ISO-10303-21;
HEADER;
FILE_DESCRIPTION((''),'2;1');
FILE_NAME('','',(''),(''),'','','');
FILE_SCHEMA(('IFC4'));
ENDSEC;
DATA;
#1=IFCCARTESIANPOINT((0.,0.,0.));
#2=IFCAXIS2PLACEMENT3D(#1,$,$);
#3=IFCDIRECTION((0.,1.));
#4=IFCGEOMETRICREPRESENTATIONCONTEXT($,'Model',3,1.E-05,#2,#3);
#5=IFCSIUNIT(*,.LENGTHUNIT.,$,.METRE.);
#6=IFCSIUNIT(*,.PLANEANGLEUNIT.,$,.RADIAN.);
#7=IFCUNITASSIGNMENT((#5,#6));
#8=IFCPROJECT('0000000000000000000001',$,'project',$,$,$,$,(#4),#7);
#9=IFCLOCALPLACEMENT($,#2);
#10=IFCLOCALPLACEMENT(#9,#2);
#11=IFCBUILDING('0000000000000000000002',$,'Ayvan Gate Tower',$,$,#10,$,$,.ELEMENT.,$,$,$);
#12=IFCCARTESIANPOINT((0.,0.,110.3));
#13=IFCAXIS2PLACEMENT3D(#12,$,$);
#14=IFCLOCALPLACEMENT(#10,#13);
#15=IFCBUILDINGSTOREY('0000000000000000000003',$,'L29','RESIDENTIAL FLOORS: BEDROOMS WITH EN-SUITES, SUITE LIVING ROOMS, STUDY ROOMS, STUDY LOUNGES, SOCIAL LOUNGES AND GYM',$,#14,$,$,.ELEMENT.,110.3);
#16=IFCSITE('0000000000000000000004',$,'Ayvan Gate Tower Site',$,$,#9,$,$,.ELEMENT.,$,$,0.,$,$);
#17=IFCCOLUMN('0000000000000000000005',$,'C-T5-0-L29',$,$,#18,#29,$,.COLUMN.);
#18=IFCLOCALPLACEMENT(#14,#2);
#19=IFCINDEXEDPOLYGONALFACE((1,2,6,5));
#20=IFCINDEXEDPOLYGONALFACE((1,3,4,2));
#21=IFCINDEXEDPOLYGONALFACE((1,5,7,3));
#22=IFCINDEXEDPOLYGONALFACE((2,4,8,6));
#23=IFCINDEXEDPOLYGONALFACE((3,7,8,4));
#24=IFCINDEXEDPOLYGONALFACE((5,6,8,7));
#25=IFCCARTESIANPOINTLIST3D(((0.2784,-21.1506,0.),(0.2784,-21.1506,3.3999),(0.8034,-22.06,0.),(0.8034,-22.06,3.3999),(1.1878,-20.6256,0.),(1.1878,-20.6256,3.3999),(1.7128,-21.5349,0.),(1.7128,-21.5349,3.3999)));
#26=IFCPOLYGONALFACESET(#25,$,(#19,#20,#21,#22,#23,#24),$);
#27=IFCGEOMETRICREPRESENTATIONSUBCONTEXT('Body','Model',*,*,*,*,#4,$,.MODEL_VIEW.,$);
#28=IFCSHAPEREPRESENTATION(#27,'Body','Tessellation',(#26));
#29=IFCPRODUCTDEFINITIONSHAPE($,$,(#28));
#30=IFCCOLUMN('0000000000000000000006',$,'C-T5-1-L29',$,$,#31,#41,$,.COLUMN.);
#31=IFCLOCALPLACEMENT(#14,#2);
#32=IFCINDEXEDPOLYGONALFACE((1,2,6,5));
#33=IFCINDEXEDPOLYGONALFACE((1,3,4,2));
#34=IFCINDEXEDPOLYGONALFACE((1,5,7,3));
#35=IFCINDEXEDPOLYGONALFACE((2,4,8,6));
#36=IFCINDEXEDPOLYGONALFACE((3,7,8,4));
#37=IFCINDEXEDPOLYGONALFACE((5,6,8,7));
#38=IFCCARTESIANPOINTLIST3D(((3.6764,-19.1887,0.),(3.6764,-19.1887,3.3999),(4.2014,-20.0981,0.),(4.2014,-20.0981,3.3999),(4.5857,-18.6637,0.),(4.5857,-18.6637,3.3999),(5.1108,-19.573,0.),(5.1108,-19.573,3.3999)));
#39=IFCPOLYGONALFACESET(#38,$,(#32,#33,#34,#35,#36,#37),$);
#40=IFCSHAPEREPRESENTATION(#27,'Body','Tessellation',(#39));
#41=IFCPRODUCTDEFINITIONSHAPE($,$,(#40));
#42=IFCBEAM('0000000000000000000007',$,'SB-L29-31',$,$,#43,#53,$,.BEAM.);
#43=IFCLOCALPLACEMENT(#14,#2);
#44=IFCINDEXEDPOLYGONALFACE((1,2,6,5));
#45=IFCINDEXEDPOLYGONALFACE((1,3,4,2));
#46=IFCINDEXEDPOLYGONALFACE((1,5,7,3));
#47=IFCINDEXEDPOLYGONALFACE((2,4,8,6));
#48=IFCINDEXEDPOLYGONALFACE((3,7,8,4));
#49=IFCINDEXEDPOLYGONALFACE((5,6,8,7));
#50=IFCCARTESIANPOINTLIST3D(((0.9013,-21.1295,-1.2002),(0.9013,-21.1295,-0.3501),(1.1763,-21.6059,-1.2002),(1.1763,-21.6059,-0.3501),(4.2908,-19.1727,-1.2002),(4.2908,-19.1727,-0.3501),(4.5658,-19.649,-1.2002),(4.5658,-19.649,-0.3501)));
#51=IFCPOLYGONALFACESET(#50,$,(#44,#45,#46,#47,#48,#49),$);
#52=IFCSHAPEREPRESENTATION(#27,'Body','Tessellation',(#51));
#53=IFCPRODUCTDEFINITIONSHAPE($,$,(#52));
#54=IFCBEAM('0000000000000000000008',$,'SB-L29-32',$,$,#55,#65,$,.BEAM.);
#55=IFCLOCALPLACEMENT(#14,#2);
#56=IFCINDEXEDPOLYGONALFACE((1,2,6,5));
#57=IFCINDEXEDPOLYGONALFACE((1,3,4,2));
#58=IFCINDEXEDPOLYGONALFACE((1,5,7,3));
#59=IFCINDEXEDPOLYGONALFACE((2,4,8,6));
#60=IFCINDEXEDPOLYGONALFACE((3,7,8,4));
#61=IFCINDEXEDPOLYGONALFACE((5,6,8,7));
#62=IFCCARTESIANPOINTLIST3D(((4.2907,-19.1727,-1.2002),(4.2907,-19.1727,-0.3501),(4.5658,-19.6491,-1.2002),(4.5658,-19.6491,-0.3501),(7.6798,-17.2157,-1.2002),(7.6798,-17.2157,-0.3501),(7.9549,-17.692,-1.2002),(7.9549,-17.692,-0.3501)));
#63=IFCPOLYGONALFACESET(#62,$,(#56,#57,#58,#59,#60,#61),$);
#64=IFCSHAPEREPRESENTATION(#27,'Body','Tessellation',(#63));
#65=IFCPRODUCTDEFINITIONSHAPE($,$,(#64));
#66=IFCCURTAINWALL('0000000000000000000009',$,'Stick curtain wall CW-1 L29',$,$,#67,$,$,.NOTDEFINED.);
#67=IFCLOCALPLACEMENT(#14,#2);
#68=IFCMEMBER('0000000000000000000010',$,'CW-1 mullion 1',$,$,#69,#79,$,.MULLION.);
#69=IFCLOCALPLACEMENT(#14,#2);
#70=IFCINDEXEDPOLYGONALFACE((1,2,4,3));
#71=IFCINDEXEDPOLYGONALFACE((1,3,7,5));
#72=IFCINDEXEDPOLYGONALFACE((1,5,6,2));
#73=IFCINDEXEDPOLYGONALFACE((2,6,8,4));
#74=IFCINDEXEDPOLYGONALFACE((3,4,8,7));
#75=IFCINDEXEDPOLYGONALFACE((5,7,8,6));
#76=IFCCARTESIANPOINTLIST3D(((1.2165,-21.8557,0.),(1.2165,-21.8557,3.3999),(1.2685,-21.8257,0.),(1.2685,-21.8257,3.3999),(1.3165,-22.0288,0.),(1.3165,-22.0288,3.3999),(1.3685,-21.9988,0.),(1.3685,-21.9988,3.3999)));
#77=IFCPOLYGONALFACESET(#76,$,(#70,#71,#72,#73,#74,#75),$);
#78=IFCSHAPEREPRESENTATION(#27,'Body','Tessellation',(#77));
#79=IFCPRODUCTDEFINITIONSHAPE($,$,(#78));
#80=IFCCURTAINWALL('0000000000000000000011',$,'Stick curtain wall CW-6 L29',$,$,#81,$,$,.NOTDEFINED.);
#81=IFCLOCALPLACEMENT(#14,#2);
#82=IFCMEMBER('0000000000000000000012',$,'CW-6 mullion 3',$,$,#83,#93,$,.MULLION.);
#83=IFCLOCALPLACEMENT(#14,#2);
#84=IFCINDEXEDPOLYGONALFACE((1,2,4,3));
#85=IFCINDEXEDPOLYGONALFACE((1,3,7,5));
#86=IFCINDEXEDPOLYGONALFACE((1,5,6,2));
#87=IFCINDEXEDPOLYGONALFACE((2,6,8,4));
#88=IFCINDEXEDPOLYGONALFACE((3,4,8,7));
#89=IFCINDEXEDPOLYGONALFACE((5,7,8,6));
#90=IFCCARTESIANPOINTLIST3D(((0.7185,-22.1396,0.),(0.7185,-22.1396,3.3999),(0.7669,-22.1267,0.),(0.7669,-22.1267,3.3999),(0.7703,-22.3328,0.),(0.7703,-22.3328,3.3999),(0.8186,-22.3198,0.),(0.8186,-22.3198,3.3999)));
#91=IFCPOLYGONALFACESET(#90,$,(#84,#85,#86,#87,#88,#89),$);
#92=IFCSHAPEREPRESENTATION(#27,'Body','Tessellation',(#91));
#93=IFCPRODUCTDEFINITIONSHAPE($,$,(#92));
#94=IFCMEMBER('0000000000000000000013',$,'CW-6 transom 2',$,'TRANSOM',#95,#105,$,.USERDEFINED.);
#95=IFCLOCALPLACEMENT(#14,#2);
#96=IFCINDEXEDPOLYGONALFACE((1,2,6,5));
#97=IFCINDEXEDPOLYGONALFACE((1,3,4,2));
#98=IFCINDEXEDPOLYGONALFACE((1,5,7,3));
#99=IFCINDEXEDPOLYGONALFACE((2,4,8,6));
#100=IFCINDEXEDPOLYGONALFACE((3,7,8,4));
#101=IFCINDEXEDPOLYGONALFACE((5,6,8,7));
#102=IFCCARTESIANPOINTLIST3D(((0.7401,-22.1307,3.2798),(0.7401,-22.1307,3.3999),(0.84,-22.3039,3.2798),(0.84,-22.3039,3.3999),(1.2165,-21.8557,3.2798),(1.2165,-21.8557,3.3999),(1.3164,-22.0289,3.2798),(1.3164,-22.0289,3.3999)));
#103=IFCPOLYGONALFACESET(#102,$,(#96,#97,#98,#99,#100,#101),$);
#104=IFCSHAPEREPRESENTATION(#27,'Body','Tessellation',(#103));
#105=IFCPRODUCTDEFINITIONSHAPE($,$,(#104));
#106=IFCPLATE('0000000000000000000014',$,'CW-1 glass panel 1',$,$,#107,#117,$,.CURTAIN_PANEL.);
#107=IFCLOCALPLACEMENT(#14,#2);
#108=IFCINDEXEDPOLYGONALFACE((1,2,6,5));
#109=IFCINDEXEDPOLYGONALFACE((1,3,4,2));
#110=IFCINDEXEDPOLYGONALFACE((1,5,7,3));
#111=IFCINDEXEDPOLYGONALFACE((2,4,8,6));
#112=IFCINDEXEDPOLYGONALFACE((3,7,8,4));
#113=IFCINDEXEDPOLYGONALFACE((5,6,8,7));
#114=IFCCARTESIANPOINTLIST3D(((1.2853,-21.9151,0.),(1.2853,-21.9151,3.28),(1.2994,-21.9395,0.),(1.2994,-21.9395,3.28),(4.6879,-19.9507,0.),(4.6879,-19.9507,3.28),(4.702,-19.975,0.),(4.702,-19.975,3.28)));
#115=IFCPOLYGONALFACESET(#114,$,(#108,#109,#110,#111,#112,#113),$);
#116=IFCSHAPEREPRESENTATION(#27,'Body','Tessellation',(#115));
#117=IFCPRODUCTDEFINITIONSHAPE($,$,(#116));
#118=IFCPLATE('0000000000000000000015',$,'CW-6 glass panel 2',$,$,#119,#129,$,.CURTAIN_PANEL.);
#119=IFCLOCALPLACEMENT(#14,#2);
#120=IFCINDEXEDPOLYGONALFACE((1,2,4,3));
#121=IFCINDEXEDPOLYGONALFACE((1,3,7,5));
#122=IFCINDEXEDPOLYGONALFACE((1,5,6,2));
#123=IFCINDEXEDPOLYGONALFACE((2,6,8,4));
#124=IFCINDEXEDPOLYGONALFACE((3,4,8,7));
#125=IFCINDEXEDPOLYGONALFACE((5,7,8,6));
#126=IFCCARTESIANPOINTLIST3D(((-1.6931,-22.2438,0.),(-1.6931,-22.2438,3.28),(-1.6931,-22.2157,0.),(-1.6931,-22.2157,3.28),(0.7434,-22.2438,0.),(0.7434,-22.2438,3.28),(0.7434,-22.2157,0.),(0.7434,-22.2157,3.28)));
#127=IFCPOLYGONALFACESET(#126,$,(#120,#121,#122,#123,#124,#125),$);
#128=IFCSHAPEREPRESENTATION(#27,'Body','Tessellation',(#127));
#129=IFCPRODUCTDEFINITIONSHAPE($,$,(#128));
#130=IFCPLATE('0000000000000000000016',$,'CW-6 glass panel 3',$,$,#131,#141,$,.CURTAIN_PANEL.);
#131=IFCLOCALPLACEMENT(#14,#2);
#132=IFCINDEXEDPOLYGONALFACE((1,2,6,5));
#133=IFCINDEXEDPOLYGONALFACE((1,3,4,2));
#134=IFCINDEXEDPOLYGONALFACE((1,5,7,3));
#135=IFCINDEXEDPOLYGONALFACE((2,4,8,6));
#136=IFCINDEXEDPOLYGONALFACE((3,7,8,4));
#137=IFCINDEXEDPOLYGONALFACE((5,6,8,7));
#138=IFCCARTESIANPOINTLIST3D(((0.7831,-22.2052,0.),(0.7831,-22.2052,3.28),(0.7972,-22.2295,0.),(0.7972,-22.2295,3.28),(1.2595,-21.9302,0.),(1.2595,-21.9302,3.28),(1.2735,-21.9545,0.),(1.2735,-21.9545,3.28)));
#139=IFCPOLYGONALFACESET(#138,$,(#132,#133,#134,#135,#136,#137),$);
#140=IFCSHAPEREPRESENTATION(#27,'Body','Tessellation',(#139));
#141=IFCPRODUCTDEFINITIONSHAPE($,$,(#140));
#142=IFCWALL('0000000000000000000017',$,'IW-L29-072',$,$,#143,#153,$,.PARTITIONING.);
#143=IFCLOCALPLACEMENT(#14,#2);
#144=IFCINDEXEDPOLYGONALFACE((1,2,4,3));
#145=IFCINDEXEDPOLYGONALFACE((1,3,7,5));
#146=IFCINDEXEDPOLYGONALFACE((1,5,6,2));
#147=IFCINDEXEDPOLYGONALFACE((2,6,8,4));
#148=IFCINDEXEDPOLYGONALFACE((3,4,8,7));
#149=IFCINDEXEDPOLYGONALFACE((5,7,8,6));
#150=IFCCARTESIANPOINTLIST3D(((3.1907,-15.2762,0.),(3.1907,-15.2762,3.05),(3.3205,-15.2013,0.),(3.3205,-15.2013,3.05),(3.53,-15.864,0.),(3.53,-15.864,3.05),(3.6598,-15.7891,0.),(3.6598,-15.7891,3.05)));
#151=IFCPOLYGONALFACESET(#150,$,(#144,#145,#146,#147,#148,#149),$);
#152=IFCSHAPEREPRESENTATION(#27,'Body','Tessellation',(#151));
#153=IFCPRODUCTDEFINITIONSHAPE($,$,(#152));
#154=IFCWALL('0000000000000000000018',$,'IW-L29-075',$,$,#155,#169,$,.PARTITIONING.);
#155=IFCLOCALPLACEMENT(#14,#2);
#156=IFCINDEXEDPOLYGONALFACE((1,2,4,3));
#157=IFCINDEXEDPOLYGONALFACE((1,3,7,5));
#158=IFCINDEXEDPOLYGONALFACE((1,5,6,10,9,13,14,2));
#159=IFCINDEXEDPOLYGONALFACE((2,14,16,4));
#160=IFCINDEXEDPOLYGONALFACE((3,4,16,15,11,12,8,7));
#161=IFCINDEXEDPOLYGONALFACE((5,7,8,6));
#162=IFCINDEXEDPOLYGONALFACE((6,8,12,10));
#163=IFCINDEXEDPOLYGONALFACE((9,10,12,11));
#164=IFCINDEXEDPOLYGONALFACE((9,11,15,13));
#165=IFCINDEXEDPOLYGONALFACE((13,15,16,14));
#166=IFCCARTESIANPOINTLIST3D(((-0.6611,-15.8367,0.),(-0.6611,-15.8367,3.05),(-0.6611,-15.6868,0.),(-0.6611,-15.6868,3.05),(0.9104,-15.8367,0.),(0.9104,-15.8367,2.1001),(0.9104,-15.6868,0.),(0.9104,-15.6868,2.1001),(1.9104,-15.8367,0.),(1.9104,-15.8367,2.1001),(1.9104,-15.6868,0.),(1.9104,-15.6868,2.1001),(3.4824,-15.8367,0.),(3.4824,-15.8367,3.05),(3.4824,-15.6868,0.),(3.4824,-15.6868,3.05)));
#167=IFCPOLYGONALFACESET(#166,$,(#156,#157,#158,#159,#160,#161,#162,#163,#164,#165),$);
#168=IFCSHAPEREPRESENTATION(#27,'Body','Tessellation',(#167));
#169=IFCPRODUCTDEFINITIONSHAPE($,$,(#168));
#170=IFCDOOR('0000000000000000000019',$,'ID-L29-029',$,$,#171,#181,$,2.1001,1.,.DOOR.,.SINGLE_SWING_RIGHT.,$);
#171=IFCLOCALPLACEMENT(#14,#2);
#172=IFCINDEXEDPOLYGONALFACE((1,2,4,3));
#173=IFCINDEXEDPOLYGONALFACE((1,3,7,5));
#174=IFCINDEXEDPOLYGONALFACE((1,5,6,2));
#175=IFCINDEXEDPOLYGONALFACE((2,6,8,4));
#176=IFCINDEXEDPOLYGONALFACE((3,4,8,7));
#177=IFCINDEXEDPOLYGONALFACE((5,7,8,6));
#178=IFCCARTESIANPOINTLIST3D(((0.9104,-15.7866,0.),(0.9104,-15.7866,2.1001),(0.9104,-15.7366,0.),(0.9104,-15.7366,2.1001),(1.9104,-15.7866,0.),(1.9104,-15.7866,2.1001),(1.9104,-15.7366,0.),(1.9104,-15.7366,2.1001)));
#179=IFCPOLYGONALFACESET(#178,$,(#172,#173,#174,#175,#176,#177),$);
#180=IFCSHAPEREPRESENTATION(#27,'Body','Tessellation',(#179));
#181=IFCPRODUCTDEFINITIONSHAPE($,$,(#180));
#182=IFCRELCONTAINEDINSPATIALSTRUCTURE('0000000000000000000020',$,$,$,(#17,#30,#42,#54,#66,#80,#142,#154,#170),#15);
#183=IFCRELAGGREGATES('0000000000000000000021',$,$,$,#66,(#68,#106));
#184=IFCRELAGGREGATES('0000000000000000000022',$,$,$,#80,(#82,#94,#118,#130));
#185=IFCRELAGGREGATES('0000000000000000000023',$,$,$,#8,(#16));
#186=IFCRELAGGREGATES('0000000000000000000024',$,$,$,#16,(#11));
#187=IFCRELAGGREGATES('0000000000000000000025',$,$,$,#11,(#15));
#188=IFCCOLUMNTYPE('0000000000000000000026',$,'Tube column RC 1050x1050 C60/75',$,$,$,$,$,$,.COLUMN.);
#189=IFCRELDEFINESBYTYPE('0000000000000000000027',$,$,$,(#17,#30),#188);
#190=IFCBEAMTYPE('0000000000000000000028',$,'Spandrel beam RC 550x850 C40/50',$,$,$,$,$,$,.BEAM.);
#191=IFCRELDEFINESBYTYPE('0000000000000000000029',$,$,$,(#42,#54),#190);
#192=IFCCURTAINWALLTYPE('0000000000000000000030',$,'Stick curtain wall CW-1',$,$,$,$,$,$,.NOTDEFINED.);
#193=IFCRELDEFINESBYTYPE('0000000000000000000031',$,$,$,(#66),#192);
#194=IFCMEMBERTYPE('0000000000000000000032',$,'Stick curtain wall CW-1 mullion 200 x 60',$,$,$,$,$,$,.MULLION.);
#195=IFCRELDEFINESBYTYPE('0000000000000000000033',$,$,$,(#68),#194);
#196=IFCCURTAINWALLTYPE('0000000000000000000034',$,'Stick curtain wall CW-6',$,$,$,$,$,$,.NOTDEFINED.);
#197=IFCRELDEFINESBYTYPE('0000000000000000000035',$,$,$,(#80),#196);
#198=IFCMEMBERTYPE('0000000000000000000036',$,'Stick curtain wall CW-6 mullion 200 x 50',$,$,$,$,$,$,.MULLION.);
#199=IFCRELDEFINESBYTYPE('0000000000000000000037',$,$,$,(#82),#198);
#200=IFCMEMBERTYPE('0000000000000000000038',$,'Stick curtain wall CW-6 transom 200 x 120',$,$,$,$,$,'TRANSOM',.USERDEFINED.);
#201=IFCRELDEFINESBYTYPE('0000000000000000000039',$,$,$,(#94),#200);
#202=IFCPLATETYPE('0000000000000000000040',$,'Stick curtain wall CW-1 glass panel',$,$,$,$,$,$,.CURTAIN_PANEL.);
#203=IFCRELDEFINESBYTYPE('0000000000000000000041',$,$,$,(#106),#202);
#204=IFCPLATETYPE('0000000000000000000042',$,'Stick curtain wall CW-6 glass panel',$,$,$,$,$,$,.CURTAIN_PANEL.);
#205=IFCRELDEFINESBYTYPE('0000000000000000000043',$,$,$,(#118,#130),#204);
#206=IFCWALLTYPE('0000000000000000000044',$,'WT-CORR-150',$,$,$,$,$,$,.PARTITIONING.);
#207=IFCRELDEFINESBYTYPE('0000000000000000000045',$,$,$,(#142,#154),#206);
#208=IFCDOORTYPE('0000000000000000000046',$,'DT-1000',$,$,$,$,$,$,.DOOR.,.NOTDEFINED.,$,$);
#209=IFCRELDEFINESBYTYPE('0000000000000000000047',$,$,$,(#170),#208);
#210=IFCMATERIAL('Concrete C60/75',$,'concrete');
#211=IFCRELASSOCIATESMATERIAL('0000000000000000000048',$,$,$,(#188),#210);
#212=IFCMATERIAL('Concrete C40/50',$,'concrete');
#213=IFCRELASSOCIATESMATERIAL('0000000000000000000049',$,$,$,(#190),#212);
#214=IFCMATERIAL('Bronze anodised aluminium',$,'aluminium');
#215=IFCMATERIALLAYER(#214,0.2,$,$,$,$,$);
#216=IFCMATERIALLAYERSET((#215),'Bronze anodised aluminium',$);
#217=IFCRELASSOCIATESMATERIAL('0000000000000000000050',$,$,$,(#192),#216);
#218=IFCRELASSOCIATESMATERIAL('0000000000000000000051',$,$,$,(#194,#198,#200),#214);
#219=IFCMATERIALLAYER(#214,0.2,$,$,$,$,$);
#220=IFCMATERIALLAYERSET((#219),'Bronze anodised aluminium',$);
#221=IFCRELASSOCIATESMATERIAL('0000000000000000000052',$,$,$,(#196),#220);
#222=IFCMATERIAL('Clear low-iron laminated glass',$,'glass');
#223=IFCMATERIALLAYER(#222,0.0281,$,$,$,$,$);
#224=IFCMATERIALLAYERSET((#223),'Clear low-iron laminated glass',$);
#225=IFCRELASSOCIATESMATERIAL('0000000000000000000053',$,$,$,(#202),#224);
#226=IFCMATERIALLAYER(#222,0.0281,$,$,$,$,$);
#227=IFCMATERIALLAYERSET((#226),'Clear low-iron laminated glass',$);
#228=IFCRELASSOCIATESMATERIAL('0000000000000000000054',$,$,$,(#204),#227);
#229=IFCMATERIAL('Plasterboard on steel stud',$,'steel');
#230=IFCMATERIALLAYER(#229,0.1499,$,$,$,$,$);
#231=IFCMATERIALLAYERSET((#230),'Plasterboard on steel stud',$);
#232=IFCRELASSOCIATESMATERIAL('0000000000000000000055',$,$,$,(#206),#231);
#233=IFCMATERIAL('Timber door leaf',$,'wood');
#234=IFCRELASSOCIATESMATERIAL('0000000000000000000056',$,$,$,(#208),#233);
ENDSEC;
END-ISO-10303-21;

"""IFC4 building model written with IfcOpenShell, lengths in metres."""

from ifc_helpers import new_model, si_unit, direction, frame, frame_2d, origin, origin_2d, place, context, subcontext, project, spatial, rectangle, extrude, material, layer, layer_set, material_profile, profile_set, type_object, element, fill, aggregate, save


model = new_model("IFC4")

# Units and contexts
model_context = context("Model", 3, precision=1e-05, world=origin(), true_north=direction((0.0, 1.0)))
body_context = subcontext(model_context, "Body", "Model", "MODEL_VIEW")
ifc_project = project(units=[si_unit("LENGTHUNIT", "METRE"), si_unit("PLANEANGLEUNIT", "RADIAN")], contexts=[model_context])

# Site, building, storey
site_placement = place(None, origin())
site = spatial("IfcSite", under=ifc_project, at=site_placement, Name="Ayvan Gate Tower Site", CompositionType="ELEMENT", RefElevation=0.0)
building_placement = place(site_placement, origin())
building = spatial("IfcBuilding", under=site, at=building_placement, Name="Ayvan Gate Tower", CompositionType="ELEMENT")
storey_placement = place(building_placement, frame((0.0, 0.0, 110.3)))
storey = spatial("IfcBuildingStorey", under=building, at=storey_placement, Name="L29", Description="RESIDENTIAL FLOORS: BEDROOMS WITH EN-SUITES, SUITE LIVING ROOMS, STUDY ROOMS, STUDY LOUNGES, SOCIAL LOUNGES AND GYM", CompositionType="ELEMENT", Elevation=110.3)

# Columns
ifc_material_1 = material(Name="Concrete C60/75", Category="concrete")
ifc_material_profile_1 = material_profile(ifc_material_1, rectangle(XDim=1.05, YDim=1.05, at=origin_2d()), Name="RC 1050x1050")
ifc_profile_set_1 = profile_set([ifc_material_profile_1], Name="Concrete C60/75")
column_type = type_object("IfcColumnType", Name="Tube column RC 1050x1050 C60/75", PredefinedType="COLUMN", material=ifc_profile_set_1)
for number, where, z_axis, x_axis, name in (
    (1, (0.9956, -21.3428, 0.0), (0.0, 0.0, 1.0), (0.5, -0.866025, 0.0), "C-T5-0-L29"),
    (2, (4.3936, -19.3809, 0.0), (0.0, 0.0, 1.0), (0.5, -0.866025, 0.0), "C-T5-1-L29"),
):
    element("IfcColumn", number, at=place(storey_placement, frame(where, z_axis=z_axis, x_axis=x_axis)), inside=storey, type_object=column_type, Name=name, PredefinedType="COLUMN", context=body_context, shape_type="SweptSolid", body=[
        extrude(rectangle(XDim=1.05, YDim=1.05, at=origin_2d()), origin(), (0.0, 0.0, 1.0), 3.3999),
    ])

# Beams
ifc_material_2 = material(Name="Concrete C40/50", Category="concrete")
ifc_material_profile_2 = material_profile(ifc_material_2, rectangle(XDim=0.55, YDim=0.8501, at=origin_2d()), Name="RC 550x850")
ifc_profile_set_2 = profile_set([ifc_material_profile_2], Name="Concrete C40/50")
beam_type = type_object("IfcBeamType", Name="Spandrel beam RC 550x850 C40/50", PredefinedType="BEAM", material=ifc_profile_set_2)
beam_1_placement = place(storey_placement, frame((1.0388, -21.3677, -0.7751), z_axis=(0.866035, 0.499983, 0.0), x_axis=(-0.499983, 0.866035, 0.0)))
element("IfcBeam", 3, at=beam_1_placement, inside=storey, type_object=beam_type, Name="SB-L29-31", PredefinedType="BEAM", context=body_context, shape_type="SweptSolid", body=[
    extrude(rectangle(XDim=0.55, YDim=0.8501, at=origin_2d()), origin(), (0.0, 0.0, 1.0), 3.9138),
])
beam_2_placement = place(storey_placement, frame((4.4282, -19.4109, -0.7751), z_axis=(0.865992, 0.500057, 0.0), x_axis=(-0.500057, 0.865992, 0.0)))
element("IfcBeam", 4, at=beam_2_placement, inside=storey, type_object=beam_type, Name="SB-L29-32", PredefinedType="BEAM", context=body_context, shape_type="SweptSolid", body=[
    extrude(rectangle(XDim=0.55, YDim=0.8501, at=origin_2d()), origin(), (0.0, 0.0, 1.0), 3.9136),
])

# Curtain wall, member
ifc_material_3 = material(Name="Bronze anodised aluminium", Category="aluminium")
ifc_layer_1 = layer(ifc_material_3, 0.2)
ifc_layer_set_1 = layer_set([ifc_layer_1], Name="Bronze anodised aluminium")
curtain_wall_type_1 = type_object("IfcCurtainWallType", Name="Stick curtain wall CW-1", PredefinedType="NOTDEFINED", material=ifc_layer_set_1)
curtain_wall_1_placement = place(storey_placement, origin())
curtain_wall_1 = element("IfcCurtainWall", 5, at=curtain_wall_1_placement, inside=storey, type_object=curtain_wall_type_1, Name="Stick curtain wall CW-1 L29", PredefinedType="NOTDEFINED")
ifc_material_profile_3 = material_profile(ifc_material_3, rectangle(XDim=0.2, YDim=0.0601, at=origin_2d()), Name="Stick curtain wall CW-1 mullion 200 x 60")
ifc_profile_set_3 = profile_set([ifc_material_profile_3], Name="Bronze anodised aluminium")
member_type_1 = type_object("IfcMemberType", Name="Stick curtain wall CW-1 mullion 200 x 60", PredefinedType="MULLION", material=ifc_profile_set_3)
member_1_placement = place(storey_placement, frame((1.2925, -21.9272, 0.0), z_axis=(0.0, 0.0, 1.0), x_axis=(0.5, -0.866025, 0.0)))
member_1 = element("IfcMember", 6, at=member_1_placement, type_object=member_type_1, Name="CW-1 mullion 1", PredefinedType="MULLION", context=body_context, shape_type="SweptSolid", body=[
    extrude(rectangle(XDim=0.2, YDim=0.0601, at=origin_2d()), origin(), (0.0, 0.0, 1.0), 3.3999),
])

# Curtain wall, members
ifc_layer_2 = layer(ifc_material_3, 0.2)
ifc_layer_set_2 = layer_set([ifc_layer_2], Name="Bronze anodised aluminium")
curtain_wall_type_2 = type_object("IfcCurtainWallType", Name="Stick curtain wall CW-6", PredefinedType="NOTDEFINED", material=ifc_layer_set_2)
curtain_wall_2_placement = place(storey_placement, origin())
curtain_wall_2 = element("IfcCurtainWall", 7, at=curtain_wall_2_placement, inside=storey, type_object=curtain_wall_type_2, Name="Stick curtain wall CW-6 L29", PredefinedType="NOTDEFINED")
ifc_material_profile_4 = material_profile(ifc_material_3, rectangle(XDim=0.2, YDim=0.05, at=origin_2d()), Name="Stick curtain wall CW-6 mullion 200 x 50")
ifc_profile_set_4 = profile_set([ifc_material_profile_4], Name="Bronze anodised aluminium")
member_type_2 = type_object("IfcMemberType", Name="Stick curtain wall CW-6 mullion 200 x 50", PredefinedType="MULLION", material=ifc_profile_set_4)
member_2_placement = place(storey_placement, frame((0.7686, -22.2297, 0.0), z_axis=(0.0, 0.0, 1.0), x_axis=(0.258819, -0.965926, 0.0)))
member_2 = element("IfcMember", 8, at=member_2_placement, type_object=member_type_2, Name="CW-6 mullion 3", PredefinedType="MULLION", context=body_context, shape_type="SweptSolid", body=[
    extrude(rectangle(XDim=0.2, YDim=0.05, at=origin_2d()), origin(), (0.0, 0.0, 1.0), 3.3999),
])
ifc_material_profile_5 = material_profile(ifc_material_3, rectangle(XDim=0.2, YDim=0.1201, at=origin_2d()), Name="Stick curtain wall CW-6 transom 200 x 120")
ifc_profile_set_5 = profile_set([ifc_material_profile_5], Name="Bronze anodised aluminium")
member_type_3 = type_object("IfcMemberType", Name="Stick curtain wall CW-6 transom 200 x 120", ElementType="TRANSOM", PredefinedType="USERDEFINED", material=ifc_profile_set_5)
member_3_placement = place(storey_placement, frame((0.79, -22.2173, 3.3398), z_axis=(0.866104, 0.499863, 0.0), x_axis=(-0.499863, 0.866104, 0.0)))
member_3 = element("IfcMember", 9, at=member_3_placement, type_object=member_type_3, Name="CW-6 transom 2", ObjectType="TRANSOM", PredefinedType="USERDEFINED", context=body_context, shape_type="SweptSolid", body=[
    extrude(rectangle(XDim=0.2, YDim=0.1201, at=origin_2d()), origin(), (0.0, 0.0, 1.0), 0.55),
])

# Plates
ifc_material_4 = material(Name="Clear low-iron laminated glass", Category="glass")
ifc_layer_3 = layer(ifc_material_4, 0.0281)
ifc_layer_set_3 = layer_set([ifc_layer_3], Name="Clear low-iron laminated glass")
plate_type_1 = type_object("IfcPlateType", Name="Stick curtain wall CW-1 glass panel", PredefinedType="CURTAIN_PANEL", material=ifc_layer_set_3)
plate_1_placement = place(storey_placement, frame((2.9937, -20.9451, 0.0), z_axis=(0.0, 0.0, 1.0), x_axis=(0.866025, 0.5, 0.0)))
plate_1 = element("IfcPlate", 10, at=plate_1_placement, type_object=plate_type_1, Name="CW-1 glass panel 1", PredefinedType="CURTAIN_PANEL", context=body_context, shape_type="SweptSolid", body=[
    extrude(rectangle(XDim=3.929, YDim=0.0281, at=origin_2d()), origin(), (0.0, 0.0, 1.0), 3.28),
])
aggregate(curtain_wall_1, [member_1, plate_1])
ifc_layer_4 = layer(ifc_material_4, 0.0281)
ifc_layer_set_4 = layer_set([ifc_layer_4], Name="Clear low-iron laminated glass")
plate_type_2 = type_object("IfcPlateType", Name="Stick curtain wall CW-6 glass panel", PredefinedType="CURTAIN_PANEL", material=ifc_layer_set_4)
plate_2_placement = place(storey_placement, frame((-0.4749, -22.2297, 0.0), z_axis=(0.0, 0.0, 1.0), x_axis=(1.0, 0.0, 0.0)))
plate_2 = element("IfcPlate", 11, at=plate_2_placement, type_object=plate_type_2, Name="CW-6 glass panel 2", PredefinedType="CURTAIN_PANEL", context=body_context, shape_type="SweptSolid", body=[
    extrude(rectangle(XDim=2.4365, YDim=0.0281, at=origin_2d()), origin(), (0.0, 0.0, 1.0), 3.28),
])
plate_3_placement = place(storey_placement, frame((1.0283, -22.0798, 0.0), z_axis=(0.0, 0.0, 1.0), x_axis=(0.866025, 0.5, 0.0)))
plate_3 = element("IfcPlate", 12, at=plate_3_placement, type_object=plate_type_2, Name="CW-6 glass panel 3", PredefinedType="CURTAIN_PANEL", context=body_context, shape_type="SweptSolid", body=[
    extrude(rectangle(XDim=0.55, YDim=0.0281, at=origin_2d()), origin(), (0.0, 0.0, 1.0), 3.28),
])
aggregate(curtain_wall_2, [member_2, member_3, plate_2, plate_3])

# Wall
ifc_material_5 = material(Name="Plasterboard on steel stud", Category="steel")
ifc_layer_5 = layer(ifc_material_5, 0.1499)
ifc_layer_set_5 = layer_set([ifc_layer_5], Name="Plasterboard on steel stud")
wall_type_1 = type_object("IfcWallType", Name="WT-CORR-150", PredefinedType="PARTITIONING", material=ifc_layer_set_5)
wall_1_placement = place(storey_placement, frame((3.2556, -15.2388, 0.0), z_axis=(0.0, 0.0, 1.0), x_axis=(0.49993, -0.866066, 0.0)))
element("IfcWall", 13, at=wall_1_placement, inside=storey, type_object=wall_type_1, Name="IW-L29-072", PredefinedType="PARTITIONING", context=body_context, shape_type="SweptSolid", body=[
    extrude(rectangle(XDim=0.6787, YDim=0.1499, at=frame_2d((0.3394, 0.0))), origin(), (0.0, 0.0, 1.0), 3.05),
])

# Wall, opening, door
wall_2_placement = place(storey_placement, frame((3.4824, -15.7617, 0.0), z_axis=(0.0, 0.0, 1.0), x_axis=(-1.0, 0.0, 0.0)))
wall_2 = element("IfcWall", 14, at=wall_2_placement, inside=storey, type_object=wall_type_1, Name="IW-L29-075", PredefinedType="PARTITIONING", context=body_context, shape_type="SweptSolid", body=[
    extrude(rectangle(XDim=4.1436, YDim=0.1499, at=frame_2d((2.0718, 0.0))), origin(), (0.0, 0.0, 1.0), 3.05),
])
opening_1_placement = place(wall_2_placement, frame((1.572, 0.0, 0.0)))
opening_1 = element("IfcOpeningElement", 15, at=opening_1_placement, cuts=wall_2, PredefinedType="OPENING", context=body_context, shape_type="SweptSolid", body=[
    extrude(rectangle(XDim=1.0, YDim=2.1001, at=frame_2d((0.5, 1.05))), frame((0.0, 0.085, 0.0), z_axis=(0.0, -1.0, 0.0), x_axis=(1.0, 0.0, 0.0)), (0.0, 0.0, 1.0), 0.1699),
])
ifc_material_6 = material(Name="Timber door leaf", Category="wood")
door_type_1 = type_object("IfcDoorType", Name="DT-1000", OperationType="NOTDEFINED", PredefinedType="DOOR", material=ifc_material_6)
door_1_placement = place(opening_1_placement, origin())
door_1 = element("IfcDoor", 16, at=door_1_placement, inside=storey, type_object=door_type_1, Name="ID-L29-029", OperationType="SINGLE_SWING_RIGHT", OverallHeight=2.1001, OverallWidth=1.0, PredefinedType="DOOR", context=body_context, shape_type="SweptSolid", body=[
    extrude(rectangle(XDim=1.0, YDim=2.1001, at=frame_2d((0.5, 1.05))), frame((0.0, 0.0249, 0.0), z_axis=(0.0, -1.0, 0.0), x_axis=(1.0, 0.0, 0.0)), (0.0, 0.0, 1.0), 0.05),
])
fill(opening_1, door_1)

save(model, "model.ifc")
